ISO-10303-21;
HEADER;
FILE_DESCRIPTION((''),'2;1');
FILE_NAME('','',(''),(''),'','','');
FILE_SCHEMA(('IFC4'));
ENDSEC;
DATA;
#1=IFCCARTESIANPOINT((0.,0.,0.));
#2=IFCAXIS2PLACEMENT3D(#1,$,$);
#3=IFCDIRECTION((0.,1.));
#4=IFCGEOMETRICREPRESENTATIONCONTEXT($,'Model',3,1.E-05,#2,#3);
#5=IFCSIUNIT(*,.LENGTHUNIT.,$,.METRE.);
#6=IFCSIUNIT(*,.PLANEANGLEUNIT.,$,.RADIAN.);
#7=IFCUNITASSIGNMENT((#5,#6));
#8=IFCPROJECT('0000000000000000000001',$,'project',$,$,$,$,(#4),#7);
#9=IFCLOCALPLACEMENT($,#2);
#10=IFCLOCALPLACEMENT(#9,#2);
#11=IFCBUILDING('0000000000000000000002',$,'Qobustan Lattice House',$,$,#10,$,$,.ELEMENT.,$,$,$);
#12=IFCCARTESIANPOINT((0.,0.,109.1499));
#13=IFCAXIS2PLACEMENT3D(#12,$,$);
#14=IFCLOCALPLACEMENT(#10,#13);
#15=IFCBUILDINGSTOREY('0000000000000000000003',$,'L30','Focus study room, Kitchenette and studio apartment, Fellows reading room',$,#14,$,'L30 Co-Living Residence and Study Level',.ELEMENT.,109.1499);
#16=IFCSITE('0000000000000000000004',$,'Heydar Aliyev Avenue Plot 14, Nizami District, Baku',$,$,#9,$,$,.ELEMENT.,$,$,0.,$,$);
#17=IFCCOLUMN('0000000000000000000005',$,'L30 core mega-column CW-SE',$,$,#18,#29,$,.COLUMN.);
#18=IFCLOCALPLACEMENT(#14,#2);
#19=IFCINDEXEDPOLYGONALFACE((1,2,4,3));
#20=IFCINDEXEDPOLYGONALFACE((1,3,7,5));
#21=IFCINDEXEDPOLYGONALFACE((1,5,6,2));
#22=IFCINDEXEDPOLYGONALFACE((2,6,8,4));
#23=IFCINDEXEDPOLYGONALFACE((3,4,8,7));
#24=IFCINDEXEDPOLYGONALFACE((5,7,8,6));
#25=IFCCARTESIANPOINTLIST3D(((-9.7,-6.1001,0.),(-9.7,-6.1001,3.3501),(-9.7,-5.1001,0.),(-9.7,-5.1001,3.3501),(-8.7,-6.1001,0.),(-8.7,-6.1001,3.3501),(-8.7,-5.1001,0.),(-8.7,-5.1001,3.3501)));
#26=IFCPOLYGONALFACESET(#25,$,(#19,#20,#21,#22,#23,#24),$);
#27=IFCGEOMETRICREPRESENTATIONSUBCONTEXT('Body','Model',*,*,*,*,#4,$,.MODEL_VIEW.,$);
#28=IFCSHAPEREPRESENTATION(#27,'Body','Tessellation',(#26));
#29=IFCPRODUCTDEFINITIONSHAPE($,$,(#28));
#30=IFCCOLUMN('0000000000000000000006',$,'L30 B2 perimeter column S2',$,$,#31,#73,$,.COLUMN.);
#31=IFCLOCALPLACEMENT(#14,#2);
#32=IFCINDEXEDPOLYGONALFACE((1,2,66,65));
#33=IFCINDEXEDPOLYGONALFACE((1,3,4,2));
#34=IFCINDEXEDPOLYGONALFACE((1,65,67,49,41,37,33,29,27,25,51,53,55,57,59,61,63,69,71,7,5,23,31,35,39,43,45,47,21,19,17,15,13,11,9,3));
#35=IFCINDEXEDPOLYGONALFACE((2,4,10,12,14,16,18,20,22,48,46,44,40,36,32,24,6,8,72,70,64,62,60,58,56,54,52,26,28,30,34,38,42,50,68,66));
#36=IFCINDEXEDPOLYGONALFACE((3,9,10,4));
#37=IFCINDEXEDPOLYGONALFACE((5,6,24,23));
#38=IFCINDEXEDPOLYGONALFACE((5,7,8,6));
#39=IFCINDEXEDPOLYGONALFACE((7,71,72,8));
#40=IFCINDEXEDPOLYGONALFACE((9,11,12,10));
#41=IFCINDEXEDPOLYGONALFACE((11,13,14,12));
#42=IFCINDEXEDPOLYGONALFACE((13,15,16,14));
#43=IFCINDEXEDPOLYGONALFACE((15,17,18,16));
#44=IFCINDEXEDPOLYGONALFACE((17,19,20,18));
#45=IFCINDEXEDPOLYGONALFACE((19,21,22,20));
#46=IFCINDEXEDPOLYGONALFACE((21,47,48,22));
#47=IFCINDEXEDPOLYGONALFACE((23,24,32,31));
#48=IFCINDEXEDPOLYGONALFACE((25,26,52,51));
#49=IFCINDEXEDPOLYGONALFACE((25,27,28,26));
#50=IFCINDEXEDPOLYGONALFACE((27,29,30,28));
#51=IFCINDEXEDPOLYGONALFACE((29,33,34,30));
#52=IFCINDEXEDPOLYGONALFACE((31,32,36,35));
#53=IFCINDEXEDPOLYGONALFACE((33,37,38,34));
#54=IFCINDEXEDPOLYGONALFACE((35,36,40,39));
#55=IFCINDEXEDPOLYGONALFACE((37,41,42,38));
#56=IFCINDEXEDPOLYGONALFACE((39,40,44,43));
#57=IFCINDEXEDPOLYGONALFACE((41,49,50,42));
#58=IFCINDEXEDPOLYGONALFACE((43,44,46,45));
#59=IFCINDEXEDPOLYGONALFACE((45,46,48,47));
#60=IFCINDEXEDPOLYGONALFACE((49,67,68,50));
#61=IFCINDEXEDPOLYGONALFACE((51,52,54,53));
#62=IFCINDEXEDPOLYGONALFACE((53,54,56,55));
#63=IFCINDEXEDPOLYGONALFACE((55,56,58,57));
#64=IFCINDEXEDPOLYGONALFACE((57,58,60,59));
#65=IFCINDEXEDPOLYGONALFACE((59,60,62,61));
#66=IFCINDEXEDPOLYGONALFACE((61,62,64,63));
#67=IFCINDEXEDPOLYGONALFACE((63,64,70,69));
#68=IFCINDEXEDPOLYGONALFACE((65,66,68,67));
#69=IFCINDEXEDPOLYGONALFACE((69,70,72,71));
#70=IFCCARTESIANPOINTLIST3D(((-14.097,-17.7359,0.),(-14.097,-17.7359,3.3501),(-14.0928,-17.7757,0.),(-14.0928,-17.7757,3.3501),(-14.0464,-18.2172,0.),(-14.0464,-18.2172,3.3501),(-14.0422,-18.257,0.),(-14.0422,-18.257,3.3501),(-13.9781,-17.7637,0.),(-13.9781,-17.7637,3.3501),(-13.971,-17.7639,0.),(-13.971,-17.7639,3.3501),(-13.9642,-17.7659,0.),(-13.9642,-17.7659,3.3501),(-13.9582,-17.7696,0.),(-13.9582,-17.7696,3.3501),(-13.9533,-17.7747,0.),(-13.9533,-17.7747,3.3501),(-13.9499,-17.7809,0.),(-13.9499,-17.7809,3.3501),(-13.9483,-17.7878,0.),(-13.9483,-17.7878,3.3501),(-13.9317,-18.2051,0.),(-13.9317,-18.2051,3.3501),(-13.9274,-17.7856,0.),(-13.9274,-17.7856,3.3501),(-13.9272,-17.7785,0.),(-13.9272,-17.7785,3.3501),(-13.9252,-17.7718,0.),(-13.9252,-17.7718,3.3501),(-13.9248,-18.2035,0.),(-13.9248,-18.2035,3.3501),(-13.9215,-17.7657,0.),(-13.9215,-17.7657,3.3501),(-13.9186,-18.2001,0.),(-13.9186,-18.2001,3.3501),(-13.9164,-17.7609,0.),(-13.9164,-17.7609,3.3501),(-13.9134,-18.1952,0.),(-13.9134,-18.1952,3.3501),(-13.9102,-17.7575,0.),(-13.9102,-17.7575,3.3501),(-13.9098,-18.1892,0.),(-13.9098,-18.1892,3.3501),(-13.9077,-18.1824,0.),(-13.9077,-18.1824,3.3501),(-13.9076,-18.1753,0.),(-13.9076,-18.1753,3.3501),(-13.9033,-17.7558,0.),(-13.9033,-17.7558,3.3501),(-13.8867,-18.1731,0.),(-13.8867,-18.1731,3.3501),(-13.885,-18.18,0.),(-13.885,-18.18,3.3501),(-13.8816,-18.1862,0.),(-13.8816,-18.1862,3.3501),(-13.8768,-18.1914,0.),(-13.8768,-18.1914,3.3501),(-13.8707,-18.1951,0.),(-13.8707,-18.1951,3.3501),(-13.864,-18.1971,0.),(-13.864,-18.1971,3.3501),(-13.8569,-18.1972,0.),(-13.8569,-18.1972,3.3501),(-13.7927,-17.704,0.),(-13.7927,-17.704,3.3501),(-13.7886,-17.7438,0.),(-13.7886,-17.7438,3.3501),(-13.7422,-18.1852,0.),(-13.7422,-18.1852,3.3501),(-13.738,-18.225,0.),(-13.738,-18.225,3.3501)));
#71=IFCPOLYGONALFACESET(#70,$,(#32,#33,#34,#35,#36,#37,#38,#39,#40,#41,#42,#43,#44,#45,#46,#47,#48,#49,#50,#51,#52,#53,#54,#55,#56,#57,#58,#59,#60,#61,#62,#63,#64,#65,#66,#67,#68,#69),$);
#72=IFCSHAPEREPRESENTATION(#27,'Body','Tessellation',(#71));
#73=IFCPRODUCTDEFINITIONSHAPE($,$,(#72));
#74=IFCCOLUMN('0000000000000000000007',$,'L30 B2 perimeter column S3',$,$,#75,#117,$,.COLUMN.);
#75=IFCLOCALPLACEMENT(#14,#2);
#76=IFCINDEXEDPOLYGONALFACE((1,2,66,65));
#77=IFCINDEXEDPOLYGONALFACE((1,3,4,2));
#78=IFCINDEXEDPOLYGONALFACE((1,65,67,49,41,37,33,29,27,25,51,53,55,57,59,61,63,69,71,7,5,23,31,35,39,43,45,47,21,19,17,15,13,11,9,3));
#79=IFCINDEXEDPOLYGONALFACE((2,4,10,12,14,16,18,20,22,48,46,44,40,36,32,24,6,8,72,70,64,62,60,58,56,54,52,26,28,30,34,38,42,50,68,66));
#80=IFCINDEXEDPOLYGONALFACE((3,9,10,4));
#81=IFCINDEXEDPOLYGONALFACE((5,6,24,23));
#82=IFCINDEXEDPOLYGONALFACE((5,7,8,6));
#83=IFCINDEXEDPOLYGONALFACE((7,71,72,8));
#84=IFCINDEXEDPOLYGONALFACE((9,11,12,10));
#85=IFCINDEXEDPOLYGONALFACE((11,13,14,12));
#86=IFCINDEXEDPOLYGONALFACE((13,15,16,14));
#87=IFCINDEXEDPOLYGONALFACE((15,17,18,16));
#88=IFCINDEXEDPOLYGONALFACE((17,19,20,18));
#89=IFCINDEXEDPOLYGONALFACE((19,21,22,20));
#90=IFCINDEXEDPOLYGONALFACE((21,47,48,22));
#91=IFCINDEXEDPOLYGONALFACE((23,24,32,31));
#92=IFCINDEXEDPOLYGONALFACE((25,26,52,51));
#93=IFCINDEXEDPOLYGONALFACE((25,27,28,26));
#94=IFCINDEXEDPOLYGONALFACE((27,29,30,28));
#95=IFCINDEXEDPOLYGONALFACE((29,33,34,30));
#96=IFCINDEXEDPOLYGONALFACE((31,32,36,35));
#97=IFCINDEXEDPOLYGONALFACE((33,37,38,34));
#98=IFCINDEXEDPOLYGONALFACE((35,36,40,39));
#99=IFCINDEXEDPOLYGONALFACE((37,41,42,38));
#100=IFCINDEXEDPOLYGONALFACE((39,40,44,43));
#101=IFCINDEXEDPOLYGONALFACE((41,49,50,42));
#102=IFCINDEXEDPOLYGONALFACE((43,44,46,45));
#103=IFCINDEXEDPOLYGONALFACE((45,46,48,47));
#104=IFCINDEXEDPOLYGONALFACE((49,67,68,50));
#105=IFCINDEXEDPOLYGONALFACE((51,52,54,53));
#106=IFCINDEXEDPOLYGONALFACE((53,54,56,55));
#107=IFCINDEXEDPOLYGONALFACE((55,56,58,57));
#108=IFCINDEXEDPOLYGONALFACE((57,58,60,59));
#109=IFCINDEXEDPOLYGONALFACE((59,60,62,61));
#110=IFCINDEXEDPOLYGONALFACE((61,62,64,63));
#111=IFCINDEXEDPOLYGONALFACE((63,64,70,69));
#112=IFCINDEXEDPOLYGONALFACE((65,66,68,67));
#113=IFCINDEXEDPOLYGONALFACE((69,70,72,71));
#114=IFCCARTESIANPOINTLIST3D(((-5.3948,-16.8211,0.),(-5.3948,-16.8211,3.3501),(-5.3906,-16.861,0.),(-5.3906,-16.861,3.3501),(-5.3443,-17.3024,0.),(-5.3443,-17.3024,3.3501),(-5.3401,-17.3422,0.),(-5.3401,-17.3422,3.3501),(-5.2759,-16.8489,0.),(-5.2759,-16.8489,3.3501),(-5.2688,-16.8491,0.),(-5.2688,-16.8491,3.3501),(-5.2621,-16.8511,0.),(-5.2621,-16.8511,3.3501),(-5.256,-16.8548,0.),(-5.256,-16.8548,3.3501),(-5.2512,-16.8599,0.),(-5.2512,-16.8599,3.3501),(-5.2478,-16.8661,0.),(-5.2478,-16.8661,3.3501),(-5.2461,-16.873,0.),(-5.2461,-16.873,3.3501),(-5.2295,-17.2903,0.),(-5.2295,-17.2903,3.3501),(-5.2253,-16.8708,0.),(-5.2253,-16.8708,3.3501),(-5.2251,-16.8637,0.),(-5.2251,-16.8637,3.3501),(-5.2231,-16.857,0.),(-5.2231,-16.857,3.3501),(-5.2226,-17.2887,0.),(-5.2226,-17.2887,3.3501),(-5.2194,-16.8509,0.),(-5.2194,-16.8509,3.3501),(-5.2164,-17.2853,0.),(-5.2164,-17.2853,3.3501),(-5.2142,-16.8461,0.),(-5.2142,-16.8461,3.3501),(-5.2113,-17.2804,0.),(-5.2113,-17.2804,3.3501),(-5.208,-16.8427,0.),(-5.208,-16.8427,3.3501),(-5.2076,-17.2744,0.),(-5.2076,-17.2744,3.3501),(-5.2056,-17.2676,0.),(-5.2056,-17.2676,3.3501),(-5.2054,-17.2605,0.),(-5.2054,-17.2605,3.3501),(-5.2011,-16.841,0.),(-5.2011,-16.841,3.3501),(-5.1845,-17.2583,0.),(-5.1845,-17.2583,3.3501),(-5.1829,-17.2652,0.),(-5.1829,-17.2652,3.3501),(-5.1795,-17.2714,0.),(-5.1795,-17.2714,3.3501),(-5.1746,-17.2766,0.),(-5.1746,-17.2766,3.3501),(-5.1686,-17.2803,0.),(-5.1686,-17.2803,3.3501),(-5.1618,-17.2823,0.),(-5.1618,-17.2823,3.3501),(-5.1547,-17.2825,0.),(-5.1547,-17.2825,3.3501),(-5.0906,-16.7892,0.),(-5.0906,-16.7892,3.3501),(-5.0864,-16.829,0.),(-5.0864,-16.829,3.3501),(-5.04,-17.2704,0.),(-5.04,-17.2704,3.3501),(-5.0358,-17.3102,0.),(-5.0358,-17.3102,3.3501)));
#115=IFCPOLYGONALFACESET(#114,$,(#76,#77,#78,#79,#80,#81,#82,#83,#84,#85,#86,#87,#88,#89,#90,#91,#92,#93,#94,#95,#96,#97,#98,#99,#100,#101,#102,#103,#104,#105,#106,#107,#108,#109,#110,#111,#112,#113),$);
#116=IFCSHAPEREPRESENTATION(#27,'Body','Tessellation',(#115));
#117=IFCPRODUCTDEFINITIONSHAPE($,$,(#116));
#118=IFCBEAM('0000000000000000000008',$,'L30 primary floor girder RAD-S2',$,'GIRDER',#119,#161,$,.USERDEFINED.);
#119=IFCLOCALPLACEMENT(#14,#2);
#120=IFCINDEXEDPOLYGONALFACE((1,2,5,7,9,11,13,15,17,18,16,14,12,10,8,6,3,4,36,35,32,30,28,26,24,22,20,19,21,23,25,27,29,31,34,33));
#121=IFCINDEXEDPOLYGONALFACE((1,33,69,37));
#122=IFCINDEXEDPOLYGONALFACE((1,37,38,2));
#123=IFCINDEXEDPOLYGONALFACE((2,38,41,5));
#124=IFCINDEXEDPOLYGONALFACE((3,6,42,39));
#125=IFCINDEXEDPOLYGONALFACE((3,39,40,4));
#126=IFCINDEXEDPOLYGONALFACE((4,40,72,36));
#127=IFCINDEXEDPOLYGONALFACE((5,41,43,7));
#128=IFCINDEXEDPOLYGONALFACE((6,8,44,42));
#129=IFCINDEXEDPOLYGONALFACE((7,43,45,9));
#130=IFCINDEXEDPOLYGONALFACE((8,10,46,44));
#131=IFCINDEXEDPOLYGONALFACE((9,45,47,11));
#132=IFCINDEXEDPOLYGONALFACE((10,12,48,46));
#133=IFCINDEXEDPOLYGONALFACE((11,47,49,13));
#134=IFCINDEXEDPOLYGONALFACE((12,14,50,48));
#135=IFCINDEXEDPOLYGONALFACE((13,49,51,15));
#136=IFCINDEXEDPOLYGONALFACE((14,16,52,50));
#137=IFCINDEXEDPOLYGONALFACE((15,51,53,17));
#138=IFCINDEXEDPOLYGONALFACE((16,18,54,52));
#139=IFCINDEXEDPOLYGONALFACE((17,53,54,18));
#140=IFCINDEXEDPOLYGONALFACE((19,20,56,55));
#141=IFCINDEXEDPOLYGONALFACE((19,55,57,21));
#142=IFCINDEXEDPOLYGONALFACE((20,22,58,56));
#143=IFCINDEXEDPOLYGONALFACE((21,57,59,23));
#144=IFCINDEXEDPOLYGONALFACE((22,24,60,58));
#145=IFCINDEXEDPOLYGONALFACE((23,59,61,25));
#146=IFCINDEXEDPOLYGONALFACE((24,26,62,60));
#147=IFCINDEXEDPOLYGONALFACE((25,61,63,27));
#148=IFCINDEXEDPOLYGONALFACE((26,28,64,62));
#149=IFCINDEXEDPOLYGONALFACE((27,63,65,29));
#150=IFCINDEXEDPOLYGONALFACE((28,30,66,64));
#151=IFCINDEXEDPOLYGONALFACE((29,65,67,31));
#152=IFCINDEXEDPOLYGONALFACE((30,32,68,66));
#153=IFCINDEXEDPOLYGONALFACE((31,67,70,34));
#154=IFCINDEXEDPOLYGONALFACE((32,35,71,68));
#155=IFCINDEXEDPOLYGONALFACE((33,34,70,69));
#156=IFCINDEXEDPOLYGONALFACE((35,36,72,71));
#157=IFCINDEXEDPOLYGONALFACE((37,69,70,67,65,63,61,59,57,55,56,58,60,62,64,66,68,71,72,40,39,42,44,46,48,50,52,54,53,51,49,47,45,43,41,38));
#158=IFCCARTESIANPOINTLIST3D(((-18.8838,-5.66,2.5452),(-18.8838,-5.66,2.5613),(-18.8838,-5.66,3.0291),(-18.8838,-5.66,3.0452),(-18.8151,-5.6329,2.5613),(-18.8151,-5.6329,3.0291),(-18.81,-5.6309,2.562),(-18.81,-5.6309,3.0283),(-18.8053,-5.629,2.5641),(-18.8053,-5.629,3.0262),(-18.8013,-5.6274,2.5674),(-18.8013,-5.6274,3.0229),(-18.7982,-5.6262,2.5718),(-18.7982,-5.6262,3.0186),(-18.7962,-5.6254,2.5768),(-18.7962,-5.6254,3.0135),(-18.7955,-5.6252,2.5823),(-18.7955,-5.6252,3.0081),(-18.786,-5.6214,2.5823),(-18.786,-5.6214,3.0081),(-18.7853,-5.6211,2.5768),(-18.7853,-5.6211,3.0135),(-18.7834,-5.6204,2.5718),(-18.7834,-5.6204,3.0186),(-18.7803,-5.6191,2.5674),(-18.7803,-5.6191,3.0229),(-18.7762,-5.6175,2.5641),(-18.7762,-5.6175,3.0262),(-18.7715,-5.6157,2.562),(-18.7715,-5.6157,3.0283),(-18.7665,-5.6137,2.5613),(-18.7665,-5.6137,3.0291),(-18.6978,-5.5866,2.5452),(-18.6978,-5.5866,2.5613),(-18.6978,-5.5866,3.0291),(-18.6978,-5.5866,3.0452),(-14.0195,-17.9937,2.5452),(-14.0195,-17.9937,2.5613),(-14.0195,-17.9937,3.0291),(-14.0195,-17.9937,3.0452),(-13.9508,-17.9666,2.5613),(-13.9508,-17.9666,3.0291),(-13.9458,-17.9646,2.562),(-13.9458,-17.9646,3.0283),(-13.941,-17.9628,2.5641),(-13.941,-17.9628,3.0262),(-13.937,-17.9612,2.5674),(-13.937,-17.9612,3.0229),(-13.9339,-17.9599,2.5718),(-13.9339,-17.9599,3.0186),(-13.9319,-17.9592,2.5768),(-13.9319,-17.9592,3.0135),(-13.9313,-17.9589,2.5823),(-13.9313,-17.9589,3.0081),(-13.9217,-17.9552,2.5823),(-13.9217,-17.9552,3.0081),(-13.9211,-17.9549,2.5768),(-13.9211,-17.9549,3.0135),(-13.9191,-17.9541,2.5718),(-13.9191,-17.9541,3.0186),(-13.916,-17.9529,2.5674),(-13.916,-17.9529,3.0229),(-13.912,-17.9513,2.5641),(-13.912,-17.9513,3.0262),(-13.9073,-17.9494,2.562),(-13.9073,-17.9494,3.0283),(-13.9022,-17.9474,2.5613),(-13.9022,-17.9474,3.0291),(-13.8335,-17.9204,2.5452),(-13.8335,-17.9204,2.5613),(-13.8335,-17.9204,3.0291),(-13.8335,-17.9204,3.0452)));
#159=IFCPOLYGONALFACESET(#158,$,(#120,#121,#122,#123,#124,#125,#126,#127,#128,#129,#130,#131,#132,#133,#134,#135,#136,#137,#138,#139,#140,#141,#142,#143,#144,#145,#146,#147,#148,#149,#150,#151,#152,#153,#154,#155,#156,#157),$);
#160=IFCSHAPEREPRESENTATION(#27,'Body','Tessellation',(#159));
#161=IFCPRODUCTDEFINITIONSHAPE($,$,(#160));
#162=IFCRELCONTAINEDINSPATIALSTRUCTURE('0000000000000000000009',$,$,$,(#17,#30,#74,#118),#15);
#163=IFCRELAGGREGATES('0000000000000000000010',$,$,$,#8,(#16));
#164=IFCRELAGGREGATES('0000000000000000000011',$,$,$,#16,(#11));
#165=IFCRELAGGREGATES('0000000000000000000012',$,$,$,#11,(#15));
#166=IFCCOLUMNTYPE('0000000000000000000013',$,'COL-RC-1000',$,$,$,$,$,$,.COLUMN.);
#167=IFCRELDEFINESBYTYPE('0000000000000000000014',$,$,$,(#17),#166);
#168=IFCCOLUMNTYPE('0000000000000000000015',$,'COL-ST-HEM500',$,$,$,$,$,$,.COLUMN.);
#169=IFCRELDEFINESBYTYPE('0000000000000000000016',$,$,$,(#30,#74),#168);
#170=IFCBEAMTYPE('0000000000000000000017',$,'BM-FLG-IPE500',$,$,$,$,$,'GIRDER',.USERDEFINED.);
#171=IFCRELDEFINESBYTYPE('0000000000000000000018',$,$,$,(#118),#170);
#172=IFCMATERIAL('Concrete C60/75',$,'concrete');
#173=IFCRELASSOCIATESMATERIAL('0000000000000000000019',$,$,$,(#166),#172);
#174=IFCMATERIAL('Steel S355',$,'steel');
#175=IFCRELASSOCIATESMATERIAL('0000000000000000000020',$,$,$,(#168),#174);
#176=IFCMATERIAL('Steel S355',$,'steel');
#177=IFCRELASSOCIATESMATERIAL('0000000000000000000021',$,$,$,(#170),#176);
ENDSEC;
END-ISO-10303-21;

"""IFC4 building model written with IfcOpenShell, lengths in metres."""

from ifc_helpers import new_model, si_unit, direction, frame, origin, origin_2d, place, context, subcontext, project, spatial, rectangle, i_section, extrude, material, material_profile, profile_set, type_object, element, save


model = new_model("IFC4")

# Units and contexts
model_context = context("Model", 3, precision=1e-05, world=origin(), true_north=direction((0.0, 1.0)))
body_context = subcontext(model_context, "Body", "Model", "MODEL_VIEW")
ifc_project = project(units=[si_unit("LENGTHUNIT", "METRE"), si_unit("PLANEANGLEUNIT", "RADIAN")], contexts=[model_context])

# Site, building, storey
site_placement = place(None, origin())
site = spatial("IfcSite", under=ifc_project, at=site_placement, Name="Heydar Aliyev Avenue Plot 14, Nizami District, Baku", CompositionType="ELEMENT", RefElevation=0.0)
building_placement = place(site_placement, origin())
building = spatial("IfcBuilding", under=site, at=building_placement, Name="Qobustan Lattice House", CompositionType="ELEMENT")
storey_placement = place(building_placement, frame((0.0, 0.0, 109.1499)))
storey = spatial("IfcBuildingStorey", under=building, at=storey_placement, Name="L30", Description="Focus study room, Kitchenette and studio apartment, Fellows reading room", LongName="L30 Co-Living Residence and Study Level", CompositionType="ELEMENT", Elevation=109.1499)

# Columns
ifc_material_1 = material(Name="Concrete C60/75", Category="concrete")
ifc_material_profile_1 = material_profile(ifc_material_1, rectangle(XDim=1.0, YDim=1.0, at=origin_2d()), Name="RC1000x1000")
ifc_profile_set_1 = profile_set([ifc_material_profile_1], Name="Concrete C60/75")
column_type_1 = type_object("IfcColumnType", Name="COL-RC-1000", PredefinedType="COLUMN", material=ifc_profile_set_1)
column_placement = place(storey_placement, frame((-9.2, -5.6001, 0.0), z_axis=(0.0, 0.0, 1.0), x_axis=(1.0, 0.0, 0.0)))
element("IfcColumn", 1, at=column_placement, inside=storey, type_object=column_type_1, Name="L30 core mega-column CW-SE", PredefinedType="COLUMN", context=body_context, shape_type="SweptSolid", body=[
    extrude(rectangle(XDim=1.0, YDim=1.0, at=origin_2d()), origin(), (0.0, 0.0, 1.0), 3.3501),
])
ifc_material_2 = material(Name="Steel S355", Category="steel")
ifc_material_profile_2 = material_profile(ifc_material_2, i_section(OverallWidth=0.3059, OverallDepth=0.5239, WebThickness=0.021, FlangeThickness=0.04, FilletRadius=0.0271, at=origin_2d()), Name="HEM500")
ifc_profile_set_2 = profile_set([ifc_material_profile_2], Name="Steel S355")
column_type_2 = type_object("IfcColumnType", Name="COL-ST-HEM500", PredefinedType="COLUMN", material=ifc_profile_set_2)
for number, where, z_axis, x_axis, name in (
    (2, (-13.9175, -17.9805, 0.0), (0.0, 0.0, 1.0), (0.994522, 0.104528, 0.0), "L30 B2 perimeter column S2"),
    (3, (-5.2153, -17.0657, 0.0), (0.0, 0.0, 1.0), (0.994522, 0.104528, 0.0), "L30 B2 perimeter column S3"),
):
    element("IfcColumn", number, at=place(storey_placement, frame(where, z_axis=z_axis, x_axis=x_axis)), inside=storey, type_object=column_type_2, Name=name, PredefinedType="COLUMN", context=body_context, shape_type="SweptSolid", body=[
        extrude(i_section(OverallWidth=0.3059, OverallDepth=0.5239, WebThickness=0.021, FlangeThickness=0.04, FilletRadius=0.0271, at=origin_2d()), origin(), (0.0, 0.0, 1.0), 3.3501),
    ])

# Beam
ifc_material_3 = material(Name="Steel S355", Category="steel")
ifc_material_profile_3 = material_profile(ifc_material_3, i_section(OverallWidth=0.2, OverallDepth=0.5, WebThickness=0.0103, FlangeThickness=0.0161, FilletRadius=0.021, at=origin_2d()), Name="IPE500")
ifc_profile_set_3 = profile_set([ifc_material_profile_3], Name="Steel S355")
beam_type_1 = type_object("IfcBeamType", Name="BM-FLG-IPE500", ElementType="GIRDER", PredefinedType="USERDEFINED", material=ifc_profile_set_3)
beam_1_placement = place(storey_placement, frame((-13.9265, -17.957, 2.7952), z_axis=(-0.366884, 0.930267, 0.0), x_axis=(-0.930267, -0.366884, 0.0)))
element("IfcBeam", 4, at=beam_1_placement, inside=storey, type_object=beam_type_1, Name="L30 primary floor girder RAD-S2", ObjectType="GIRDER", PredefinedType="USERDEFINED", context=body_context, shape_type="SweptSolid", body=[
    extrude(i_section(OverallWidth=0.2, OverallDepth=0.5, WebThickness=0.0103, FlangeThickness=0.0161, FilletRadius=0.021, at=origin_2d()), origin(), (0.0, 0.0, 1.0), 13.2583),
])

save(model, "model.ifc")
